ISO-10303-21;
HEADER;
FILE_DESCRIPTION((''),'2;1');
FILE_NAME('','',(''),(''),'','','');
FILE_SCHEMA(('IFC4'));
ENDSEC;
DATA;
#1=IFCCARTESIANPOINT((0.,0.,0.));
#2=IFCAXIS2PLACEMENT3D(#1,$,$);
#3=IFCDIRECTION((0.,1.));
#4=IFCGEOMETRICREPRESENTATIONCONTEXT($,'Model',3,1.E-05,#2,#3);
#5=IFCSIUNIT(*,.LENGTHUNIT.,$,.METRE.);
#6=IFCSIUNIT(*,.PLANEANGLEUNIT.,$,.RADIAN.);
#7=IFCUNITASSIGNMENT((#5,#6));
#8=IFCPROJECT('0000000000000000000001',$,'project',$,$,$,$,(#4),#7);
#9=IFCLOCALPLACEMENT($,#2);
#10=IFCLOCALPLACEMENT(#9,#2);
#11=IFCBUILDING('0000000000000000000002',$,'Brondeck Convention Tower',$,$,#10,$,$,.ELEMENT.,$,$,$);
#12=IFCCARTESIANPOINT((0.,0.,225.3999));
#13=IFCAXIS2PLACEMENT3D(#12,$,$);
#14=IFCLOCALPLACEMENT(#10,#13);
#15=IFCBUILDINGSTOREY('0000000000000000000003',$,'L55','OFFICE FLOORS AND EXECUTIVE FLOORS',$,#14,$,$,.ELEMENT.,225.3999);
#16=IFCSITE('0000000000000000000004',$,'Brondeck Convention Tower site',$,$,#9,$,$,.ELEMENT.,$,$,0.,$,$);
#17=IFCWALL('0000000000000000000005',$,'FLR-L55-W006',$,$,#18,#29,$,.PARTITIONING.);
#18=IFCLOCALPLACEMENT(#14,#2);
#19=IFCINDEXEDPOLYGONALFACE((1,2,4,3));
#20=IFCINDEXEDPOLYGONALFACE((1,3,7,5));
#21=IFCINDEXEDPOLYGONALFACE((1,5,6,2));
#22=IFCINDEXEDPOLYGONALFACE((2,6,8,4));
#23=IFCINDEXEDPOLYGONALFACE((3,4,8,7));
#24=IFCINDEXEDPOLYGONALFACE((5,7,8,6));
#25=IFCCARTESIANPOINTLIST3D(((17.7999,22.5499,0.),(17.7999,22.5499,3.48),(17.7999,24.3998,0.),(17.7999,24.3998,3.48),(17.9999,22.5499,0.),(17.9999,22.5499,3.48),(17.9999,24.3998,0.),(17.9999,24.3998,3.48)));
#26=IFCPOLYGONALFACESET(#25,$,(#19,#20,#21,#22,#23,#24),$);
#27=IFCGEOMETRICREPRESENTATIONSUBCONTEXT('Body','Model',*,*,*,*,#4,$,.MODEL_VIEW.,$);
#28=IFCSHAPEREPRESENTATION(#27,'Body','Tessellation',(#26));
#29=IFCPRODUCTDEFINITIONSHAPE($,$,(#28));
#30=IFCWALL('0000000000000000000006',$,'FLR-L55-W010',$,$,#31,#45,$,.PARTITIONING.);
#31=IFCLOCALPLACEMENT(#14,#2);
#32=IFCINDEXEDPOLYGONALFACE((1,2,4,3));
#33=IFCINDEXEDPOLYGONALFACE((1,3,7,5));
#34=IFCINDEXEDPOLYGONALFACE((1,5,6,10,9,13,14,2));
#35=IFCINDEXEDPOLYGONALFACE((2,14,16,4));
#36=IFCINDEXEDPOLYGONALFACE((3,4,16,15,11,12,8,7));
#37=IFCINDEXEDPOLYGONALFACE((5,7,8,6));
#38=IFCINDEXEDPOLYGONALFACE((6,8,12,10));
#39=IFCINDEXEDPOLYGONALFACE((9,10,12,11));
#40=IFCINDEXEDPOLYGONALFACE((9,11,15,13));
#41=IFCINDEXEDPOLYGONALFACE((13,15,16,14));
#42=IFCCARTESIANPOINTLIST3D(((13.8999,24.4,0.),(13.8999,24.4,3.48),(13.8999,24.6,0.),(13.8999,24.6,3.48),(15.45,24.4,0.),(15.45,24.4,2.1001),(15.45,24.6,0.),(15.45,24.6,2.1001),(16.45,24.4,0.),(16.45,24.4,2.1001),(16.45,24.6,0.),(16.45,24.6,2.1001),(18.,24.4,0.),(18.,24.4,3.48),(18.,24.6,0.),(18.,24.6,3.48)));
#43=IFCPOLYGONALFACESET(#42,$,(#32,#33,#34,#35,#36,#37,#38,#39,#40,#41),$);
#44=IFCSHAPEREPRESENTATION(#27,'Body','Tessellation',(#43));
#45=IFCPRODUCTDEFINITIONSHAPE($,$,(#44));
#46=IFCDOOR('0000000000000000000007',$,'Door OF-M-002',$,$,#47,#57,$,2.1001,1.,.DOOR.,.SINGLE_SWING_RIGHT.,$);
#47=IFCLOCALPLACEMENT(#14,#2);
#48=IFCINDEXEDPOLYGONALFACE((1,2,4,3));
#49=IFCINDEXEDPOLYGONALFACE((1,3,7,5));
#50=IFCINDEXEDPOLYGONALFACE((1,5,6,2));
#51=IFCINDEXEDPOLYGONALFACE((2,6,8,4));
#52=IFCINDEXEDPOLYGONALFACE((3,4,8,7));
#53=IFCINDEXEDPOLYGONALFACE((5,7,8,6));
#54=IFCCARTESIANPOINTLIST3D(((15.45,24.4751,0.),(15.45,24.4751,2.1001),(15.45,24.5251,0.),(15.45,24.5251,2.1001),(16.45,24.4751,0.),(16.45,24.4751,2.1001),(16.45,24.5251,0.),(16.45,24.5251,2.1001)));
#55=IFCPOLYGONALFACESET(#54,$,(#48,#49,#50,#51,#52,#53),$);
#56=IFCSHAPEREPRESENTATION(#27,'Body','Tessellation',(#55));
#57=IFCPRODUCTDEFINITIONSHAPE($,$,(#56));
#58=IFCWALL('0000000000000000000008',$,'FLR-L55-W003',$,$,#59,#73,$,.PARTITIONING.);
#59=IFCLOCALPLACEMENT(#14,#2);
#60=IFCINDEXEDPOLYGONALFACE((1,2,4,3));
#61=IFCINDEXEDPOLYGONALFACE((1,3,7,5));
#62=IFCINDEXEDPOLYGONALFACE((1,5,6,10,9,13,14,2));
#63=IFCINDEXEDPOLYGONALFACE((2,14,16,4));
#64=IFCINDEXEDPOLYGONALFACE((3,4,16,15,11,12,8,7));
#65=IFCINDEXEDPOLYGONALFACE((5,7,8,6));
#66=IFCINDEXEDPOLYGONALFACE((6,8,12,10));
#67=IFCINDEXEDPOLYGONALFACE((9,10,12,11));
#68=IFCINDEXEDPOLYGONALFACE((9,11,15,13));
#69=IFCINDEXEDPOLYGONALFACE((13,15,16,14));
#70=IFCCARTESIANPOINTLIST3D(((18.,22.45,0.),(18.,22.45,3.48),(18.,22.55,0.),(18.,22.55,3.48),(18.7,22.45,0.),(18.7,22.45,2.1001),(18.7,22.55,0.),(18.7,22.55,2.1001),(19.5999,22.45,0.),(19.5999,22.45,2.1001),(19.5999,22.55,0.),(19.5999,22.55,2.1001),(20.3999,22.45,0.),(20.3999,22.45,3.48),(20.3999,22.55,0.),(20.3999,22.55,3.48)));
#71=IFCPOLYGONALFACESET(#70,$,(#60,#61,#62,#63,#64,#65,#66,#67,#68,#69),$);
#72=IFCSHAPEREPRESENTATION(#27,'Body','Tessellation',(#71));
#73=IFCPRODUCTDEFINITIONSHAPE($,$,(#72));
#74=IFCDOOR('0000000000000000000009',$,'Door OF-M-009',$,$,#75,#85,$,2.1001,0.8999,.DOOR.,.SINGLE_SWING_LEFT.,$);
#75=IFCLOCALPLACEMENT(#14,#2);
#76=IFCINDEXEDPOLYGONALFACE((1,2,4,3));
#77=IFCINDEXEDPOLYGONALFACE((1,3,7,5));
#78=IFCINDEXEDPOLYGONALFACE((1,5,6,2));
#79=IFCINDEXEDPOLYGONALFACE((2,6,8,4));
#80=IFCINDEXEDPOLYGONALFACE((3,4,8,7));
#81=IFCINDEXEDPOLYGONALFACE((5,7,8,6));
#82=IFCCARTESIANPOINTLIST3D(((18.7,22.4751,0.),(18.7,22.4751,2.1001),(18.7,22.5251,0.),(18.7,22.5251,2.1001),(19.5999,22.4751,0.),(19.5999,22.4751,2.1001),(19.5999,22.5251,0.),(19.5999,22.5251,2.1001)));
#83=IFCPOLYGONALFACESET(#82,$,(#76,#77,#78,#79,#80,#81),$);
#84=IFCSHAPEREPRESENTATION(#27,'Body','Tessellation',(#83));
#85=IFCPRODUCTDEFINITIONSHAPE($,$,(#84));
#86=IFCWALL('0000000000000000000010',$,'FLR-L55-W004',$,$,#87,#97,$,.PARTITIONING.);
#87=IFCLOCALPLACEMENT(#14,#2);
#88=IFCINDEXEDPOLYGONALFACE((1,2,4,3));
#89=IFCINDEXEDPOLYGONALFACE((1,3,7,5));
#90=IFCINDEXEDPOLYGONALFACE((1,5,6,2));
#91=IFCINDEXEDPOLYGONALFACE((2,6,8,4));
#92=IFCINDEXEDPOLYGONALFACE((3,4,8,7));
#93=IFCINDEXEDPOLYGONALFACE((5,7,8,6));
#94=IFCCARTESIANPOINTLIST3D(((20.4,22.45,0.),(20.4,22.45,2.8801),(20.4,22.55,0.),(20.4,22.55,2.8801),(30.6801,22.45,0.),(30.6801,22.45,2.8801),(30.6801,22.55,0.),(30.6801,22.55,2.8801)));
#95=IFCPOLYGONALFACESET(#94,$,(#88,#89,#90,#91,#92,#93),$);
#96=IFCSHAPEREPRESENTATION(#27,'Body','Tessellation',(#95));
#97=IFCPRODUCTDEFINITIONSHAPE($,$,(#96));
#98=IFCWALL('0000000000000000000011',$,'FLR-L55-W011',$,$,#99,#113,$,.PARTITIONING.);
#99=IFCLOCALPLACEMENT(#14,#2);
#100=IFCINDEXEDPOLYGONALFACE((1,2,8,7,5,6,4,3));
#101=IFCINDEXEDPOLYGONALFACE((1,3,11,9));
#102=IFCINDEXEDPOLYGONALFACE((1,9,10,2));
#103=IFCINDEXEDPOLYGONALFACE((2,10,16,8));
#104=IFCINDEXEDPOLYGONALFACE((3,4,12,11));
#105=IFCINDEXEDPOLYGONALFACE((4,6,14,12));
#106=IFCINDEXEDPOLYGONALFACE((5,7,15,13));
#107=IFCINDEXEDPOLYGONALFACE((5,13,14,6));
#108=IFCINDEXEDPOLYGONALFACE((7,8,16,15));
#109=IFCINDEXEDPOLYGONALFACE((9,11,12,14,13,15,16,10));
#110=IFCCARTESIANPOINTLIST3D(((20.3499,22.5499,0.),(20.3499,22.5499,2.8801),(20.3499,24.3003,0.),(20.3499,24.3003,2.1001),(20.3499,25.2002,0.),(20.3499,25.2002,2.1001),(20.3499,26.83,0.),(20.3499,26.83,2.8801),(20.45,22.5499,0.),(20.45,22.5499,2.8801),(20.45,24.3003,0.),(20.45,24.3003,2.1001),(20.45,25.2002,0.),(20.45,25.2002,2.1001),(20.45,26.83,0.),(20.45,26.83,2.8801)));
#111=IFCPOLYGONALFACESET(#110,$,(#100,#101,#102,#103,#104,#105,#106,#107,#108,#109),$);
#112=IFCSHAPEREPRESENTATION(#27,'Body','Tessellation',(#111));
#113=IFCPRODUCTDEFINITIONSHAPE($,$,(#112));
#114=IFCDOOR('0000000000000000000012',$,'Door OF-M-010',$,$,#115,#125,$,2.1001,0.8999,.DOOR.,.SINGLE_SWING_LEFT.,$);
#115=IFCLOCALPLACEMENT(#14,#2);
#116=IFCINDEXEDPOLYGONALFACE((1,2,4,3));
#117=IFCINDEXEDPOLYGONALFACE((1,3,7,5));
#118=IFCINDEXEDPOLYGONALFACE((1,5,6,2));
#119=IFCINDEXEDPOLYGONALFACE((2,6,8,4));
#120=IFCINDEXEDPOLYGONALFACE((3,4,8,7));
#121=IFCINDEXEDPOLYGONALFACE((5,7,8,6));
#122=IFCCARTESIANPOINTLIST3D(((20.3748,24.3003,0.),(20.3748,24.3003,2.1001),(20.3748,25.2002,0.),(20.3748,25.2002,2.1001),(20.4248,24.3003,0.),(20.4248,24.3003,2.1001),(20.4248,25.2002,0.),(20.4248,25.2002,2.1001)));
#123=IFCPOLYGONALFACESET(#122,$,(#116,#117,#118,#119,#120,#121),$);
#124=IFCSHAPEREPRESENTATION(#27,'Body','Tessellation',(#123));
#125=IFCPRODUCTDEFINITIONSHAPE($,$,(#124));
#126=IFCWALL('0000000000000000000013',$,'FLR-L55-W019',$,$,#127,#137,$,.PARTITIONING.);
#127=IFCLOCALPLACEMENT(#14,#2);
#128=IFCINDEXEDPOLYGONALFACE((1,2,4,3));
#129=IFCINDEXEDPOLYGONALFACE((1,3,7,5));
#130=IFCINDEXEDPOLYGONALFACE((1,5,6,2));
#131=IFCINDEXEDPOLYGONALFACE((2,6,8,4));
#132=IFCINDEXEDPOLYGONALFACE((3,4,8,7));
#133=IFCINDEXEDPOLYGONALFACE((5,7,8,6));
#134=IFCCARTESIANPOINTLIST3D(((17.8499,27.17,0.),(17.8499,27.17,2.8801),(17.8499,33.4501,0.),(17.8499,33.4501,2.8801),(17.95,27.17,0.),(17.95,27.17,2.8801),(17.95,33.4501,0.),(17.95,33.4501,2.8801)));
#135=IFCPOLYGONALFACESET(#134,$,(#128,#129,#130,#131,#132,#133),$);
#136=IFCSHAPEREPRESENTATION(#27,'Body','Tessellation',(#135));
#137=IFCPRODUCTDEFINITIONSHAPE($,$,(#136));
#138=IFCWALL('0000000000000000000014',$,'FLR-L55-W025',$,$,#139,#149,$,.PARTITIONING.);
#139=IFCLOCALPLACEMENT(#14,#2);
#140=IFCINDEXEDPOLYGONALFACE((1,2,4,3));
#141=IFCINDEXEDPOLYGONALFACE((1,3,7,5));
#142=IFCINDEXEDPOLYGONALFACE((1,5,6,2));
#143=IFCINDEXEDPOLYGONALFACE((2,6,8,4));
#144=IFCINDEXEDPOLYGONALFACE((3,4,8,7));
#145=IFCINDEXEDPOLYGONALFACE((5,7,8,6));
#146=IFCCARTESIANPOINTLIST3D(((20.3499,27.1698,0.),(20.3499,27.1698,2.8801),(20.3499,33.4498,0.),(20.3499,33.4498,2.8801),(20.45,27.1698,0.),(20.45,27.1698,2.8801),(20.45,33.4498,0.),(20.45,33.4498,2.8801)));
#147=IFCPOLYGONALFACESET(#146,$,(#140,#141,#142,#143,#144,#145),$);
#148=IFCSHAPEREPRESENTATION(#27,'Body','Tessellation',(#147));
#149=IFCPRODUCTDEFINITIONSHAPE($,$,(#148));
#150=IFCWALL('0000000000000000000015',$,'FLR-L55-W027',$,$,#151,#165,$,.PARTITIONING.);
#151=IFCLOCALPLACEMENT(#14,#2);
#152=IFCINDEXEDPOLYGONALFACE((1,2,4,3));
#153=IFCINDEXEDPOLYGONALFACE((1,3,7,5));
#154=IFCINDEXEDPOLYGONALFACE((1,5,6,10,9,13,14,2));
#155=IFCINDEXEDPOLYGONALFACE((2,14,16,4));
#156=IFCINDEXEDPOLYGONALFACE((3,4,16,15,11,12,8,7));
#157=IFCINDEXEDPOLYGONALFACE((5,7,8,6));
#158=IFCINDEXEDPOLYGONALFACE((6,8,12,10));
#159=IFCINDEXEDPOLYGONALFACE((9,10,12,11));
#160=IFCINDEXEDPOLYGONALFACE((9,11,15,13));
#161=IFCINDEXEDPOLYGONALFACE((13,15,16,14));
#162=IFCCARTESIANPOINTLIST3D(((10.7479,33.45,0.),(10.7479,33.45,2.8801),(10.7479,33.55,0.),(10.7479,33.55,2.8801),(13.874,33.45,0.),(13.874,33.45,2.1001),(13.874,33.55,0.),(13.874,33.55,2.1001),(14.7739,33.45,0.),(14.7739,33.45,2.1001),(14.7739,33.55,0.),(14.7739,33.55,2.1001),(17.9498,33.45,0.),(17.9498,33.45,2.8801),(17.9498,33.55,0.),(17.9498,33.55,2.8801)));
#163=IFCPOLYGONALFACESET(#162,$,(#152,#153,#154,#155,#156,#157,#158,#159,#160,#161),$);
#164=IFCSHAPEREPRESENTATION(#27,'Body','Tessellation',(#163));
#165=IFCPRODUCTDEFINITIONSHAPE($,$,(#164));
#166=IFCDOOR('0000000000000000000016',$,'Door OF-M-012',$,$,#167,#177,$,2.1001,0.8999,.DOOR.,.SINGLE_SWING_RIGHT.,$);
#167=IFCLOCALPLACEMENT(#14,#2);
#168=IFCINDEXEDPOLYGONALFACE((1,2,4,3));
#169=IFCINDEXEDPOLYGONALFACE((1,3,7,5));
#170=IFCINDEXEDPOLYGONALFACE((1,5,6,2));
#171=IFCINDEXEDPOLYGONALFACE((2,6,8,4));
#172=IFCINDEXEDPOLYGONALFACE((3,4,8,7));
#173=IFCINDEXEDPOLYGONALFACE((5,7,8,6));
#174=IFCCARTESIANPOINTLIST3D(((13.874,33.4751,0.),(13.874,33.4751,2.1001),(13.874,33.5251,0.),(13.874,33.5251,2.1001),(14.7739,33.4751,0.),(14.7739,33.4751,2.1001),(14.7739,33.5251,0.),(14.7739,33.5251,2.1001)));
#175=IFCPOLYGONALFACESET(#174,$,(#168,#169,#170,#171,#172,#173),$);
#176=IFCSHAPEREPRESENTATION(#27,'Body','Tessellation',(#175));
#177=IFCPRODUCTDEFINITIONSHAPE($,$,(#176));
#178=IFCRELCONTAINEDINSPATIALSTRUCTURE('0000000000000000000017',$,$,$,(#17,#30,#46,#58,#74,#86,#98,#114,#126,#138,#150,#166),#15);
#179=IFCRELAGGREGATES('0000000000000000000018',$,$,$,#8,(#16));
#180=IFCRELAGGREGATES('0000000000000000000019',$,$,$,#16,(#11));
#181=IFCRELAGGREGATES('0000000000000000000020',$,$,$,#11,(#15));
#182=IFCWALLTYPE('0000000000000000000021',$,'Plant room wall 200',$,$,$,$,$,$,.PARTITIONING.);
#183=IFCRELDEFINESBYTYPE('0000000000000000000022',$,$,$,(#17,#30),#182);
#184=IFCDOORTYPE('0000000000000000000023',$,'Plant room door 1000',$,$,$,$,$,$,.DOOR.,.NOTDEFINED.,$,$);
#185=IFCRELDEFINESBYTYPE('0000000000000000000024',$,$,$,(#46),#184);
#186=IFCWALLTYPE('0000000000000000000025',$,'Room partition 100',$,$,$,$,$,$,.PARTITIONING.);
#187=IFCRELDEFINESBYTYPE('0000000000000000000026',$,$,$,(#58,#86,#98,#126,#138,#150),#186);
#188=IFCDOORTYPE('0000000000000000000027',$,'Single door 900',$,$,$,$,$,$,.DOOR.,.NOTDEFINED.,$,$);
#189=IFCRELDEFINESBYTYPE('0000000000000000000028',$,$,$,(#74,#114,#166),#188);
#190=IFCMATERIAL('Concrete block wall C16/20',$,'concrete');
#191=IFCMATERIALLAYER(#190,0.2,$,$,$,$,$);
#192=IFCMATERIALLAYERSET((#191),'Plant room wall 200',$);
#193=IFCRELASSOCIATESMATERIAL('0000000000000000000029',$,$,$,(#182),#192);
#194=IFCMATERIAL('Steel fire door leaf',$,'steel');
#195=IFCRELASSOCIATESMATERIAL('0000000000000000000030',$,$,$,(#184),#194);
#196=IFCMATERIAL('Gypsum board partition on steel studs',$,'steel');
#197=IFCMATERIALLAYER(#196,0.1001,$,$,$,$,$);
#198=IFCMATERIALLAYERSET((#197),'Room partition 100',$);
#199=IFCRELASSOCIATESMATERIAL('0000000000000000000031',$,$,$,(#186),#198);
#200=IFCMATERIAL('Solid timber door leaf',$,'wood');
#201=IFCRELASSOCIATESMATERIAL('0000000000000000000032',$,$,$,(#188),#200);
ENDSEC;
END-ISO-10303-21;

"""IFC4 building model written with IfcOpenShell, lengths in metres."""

from ifc_helpers import new_model, si_unit, direction, frame, frame_2d, origin, place, context, subcontext, project, spatial, rectangle, extrude, material, layer, layer_set, type_object, element, fill, save


model = new_model("IFC4")

# Units and contexts
model_context = context("Model", 3, precision=1e-05, world=origin(), true_north=direction((0.0, 1.0)))
body_context = subcontext(model_context, "Body", "Model", "MODEL_VIEW")
ifc_project = project(units=[si_unit("LENGTHUNIT", "METRE"), si_unit("PLANEANGLEUNIT", "RADIAN")], contexts=[model_context])

# Site, building, storey
site_placement = place(None, origin())
site = spatial("IfcSite", under=ifc_project, at=site_placement, Name="Brondeck Convention Tower site", CompositionType="ELEMENT", RefElevation=0.0)
building_placement = place(site_placement, origin())
building = spatial("IfcBuilding", under=site, at=building_placement, Name="Brondeck Convention Tower", CompositionType="ELEMENT")
storey_placement = place(building_placement, frame((0.0, 0.0, 225.3999)))
storey = spatial("IfcBuildingStorey", under=building, at=storey_placement, Name="L55", Description="OFFICE FLOORS AND EXECUTIVE FLOORS", CompositionType="ELEMENT", Elevation=225.3999)

# Wall
ifc_material_1 = material(Name="Concrete block wall C16/20", Category="concrete")
ifc_layer_1 = layer(ifc_material_1, 0.2)
ifc_layer_set_1 = layer_set([ifc_layer_1], Name="Plant room wall 200")
wall_type_1 = type_object("IfcWallType", Name="Plant room wall 200", PredefinedType="PARTITIONING", material=ifc_layer_set_1)
wall_1_placement = place(storey_placement, frame((17.8999, 22.55, 0.0), z_axis=(0.0, 0.0, 1.0), x_axis=(0.0, 1.0, 0.0)))
element("IfcWall", 1, at=wall_1_placement, inside=storey, type_object=wall_type_1, Name="FLR-L55-W006", PredefinedType="PARTITIONING", context=body_context, shape_type="SweptSolid", body=[
    extrude(rectangle(XDim=1.8499, YDim=0.2, at=frame_2d((0.9248, 0.0))), origin(), (0.0, 0.0, 1.0), 3.48),
])

# Walls, openings, doors
wall_2_placement = place(storey_placement, frame((18.0, 24.5, 0.0), z_axis=(0.0, 0.0, 1.0), x_axis=(-1.0, 0.0, 0.0)))
wall_2 = element("IfcWall", 2, at=wall_2_placement, inside=storey, type_object=wall_type_1, Name="FLR-L55-W010", PredefinedType="PARTITIONING", context=body_context, shape_type="SweptSolid", body=[
    extrude(rectangle(XDim=4.1001, YDim=0.2, at=frame_2d((2.05, 0.0))), origin(), (0.0, 0.0, 1.0), 3.48),
])
opening_1_placement = place(wall_2_placement, frame((1.55, 0.0, 0.0)))
opening_1 = element("IfcOpeningElement", 3, at=opening_1_placement, cuts=wall_2, PredefinedType="OPENING", context=body_context, shape_type="SweptSolid", body=[
    extrude(rectangle(XDim=1.0, YDim=2.1001, at=frame_2d((0.5, 1.05))), frame((0.0, 0.1099, 0.0), z_axis=(0.0, -1.0, 0.0), x_axis=(1.0, 0.0, 0.0)), (0.0, 0.0, 1.0), 0.22),
])
ifc_material_2 = material(Name="Steel fire door leaf", Category="steel")
door_type_1 = type_object("IfcDoorType", Name="Plant room door 1000", OperationType="NOTDEFINED", PredefinedType="DOOR", material=ifc_material_2)
door_1_placement = place(opening_1_placement, origin())
door_1 = element("IfcDoor", 4, at=door_1_placement, inside=storey, type_object=door_type_1, Name="Door OF-M-002", OperationType="SINGLE_SWING_RIGHT", OverallHeight=2.1001, OverallWidth=1.0, PredefinedType="DOOR", context=body_context, shape_type="SweptSolid", body=[
    extrude(rectangle(XDim=1.0, YDim=2.1001, at=frame_2d((0.5, 1.05))), frame((0.0, 0.0249, 0.0), z_axis=(0.0, -1.0, 0.0), x_axis=(1.0, 0.0, 0.0)), (0.0, 0.0, 1.0), 0.05),
])
fill(opening_1, door_1)
ifc_material_3 = material(Name="Gypsum board partition on steel studs", Category="steel")
ifc_layer_2 = layer(ifc_material_3, 0.1001)
ifc_layer_set_2 = layer_set([ifc_layer_2], Name="Room partition 100")
wall_type_2 = type_object("IfcWallType", Name="Room partition 100", PredefinedType="PARTITIONING", material=ifc_layer_set_2)
wall_3_placement = place(storey_placement, frame((20.3999, 22.5, 0.0), z_axis=(0.0, 0.0, 1.0), x_axis=(-1.0, 0.0, 0.0)))
wall_3 = element("IfcWall", 5, at=wall_3_placement, inside=storey, type_object=wall_type_2, Name="FLR-L55-W003", PredefinedType="PARTITIONING", context=body_context, shape_type="SweptSolid", body=[
    extrude(rectangle(XDim=2.3999, YDim=0.1001, at=frame_2d((1.2, 0.0))), origin(), (0.0, 0.0, 1.0), 3.48),
])
opening_2_placement = place(wall_3_placement, frame((0.8, 0.0, 0.0)))
opening_2 = element("IfcOpeningElement", 6, at=opening_2_placement, cuts=wall_3, PredefinedType="OPENING", context=body_context, shape_type="SweptSolid", body=[
    extrude(rectangle(XDim=0.8999, YDim=2.1001, at=frame_2d((0.45, 1.05))), frame((0.0, 0.0601, 0.0), z_axis=(0.0, -1.0, 0.0), x_axis=(1.0, 0.0, 0.0)), (0.0, 0.0, 1.0), 0.1201),
])
ifc_material_4 = material(Name="Solid timber door leaf", Category="wood")
door_type_2 = type_object("IfcDoorType", Name="Single door 900", OperationType="NOTDEFINED", PredefinedType="DOOR", material=ifc_material_4)
door_2_placement = place(opening_2_placement, origin())
door_2 = element("IfcDoor", 7, at=door_2_placement, inside=storey, type_object=door_type_2, Name="Door OF-M-009", OperationType="SINGLE_SWING_LEFT", OverallHeight=2.1001, OverallWidth=0.8999, PredefinedType="DOOR", context=body_context, shape_type="SweptSolid", body=[
    extrude(rectangle(XDim=0.8999, YDim=2.1001, at=frame_2d((0.45, 1.05))), frame((0.0, 0.0249, 0.0), z_axis=(0.0, -1.0, 0.0), x_axis=(1.0, 0.0, 0.0)), (0.0, 0.0, 1.0), 0.05),
])
fill(opening_2, door_2)

# Wall
wall_4_placement = place(storey_placement, frame((20.3999, 22.5, 0.0), z_axis=(0.0, 0.0, 1.0), x_axis=(1.0, 0.0, 0.0)))
element("IfcWall", 8, at=wall_4_placement, inside=storey, type_object=wall_type_2, Name="FLR-L55-W004", PredefinedType="PARTITIONING", context=body_context, shape_type="SweptSolid", body=[
    extrude(rectangle(XDim=10.28, YDim=0.1001, at=frame_2d((5.1401, 0.0))), origin(), (0.0, 0.0, 1.0), 2.8801),
])

# Wall, opening, door
wall_5_placement = place(storey_placement, frame((20.3999, 26.8301, 0.0), z_axis=(0.0, 0.0, 1.0), x_axis=(0.0, -1.0, 0.0)))
wall_5 = element("IfcWall", 9, at=wall_5_placement, inside=storey, type_object=wall_type_2, Name="FLR-L55-W011", PredefinedType="PARTITIONING", context=body_context, shape_type="SweptSolid", body=[
    extrude(rectangle(XDim=4.28, YDim=0.1001, at=frame_2d((2.1401, 0.0))), origin(), (0.0, 0.0, 1.0), 2.8801),
])
opening_3_placement = place(wall_5_placement, frame((1.6299, 0.0, 0.0)))
opening_3 = element("IfcOpeningElement", 10, at=opening_3_placement, cuts=wall_5, PredefinedType="OPENING", context=body_context, shape_type="SweptSolid", body=[
    extrude(rectangle(XDim=0.8999, YDim=2.1001, at=frame_2d((0.45, 1.05))), frame((0.0, 0.0601, 0.0), z_axis=(0.0, -1.0, 0.0), x_axis=(1.0, 0.0, 0.0)), (0.0, 0.0, 1.0), 0.1201),
])
door_3_placement = place(opening_3_placement, origin())
door_3 = element("IfcDoor", 11, at=door_3_placement, inside=storey, type_object=door_type_2, Name="Door OF-M-010", OperationType="SINGLE_SWING_LEFT", OverallHeight=2.1001, OverallWidth=0.8999, PredefinedType="DOOR", context=body_context, shape_type="SweptSolid", body=[
    extrude(rectangle(XDim=0.8999, YDim=2.1001, at=frame_2d((0.45, 1.05))), frame((0.0, 0.0249, 0.0), z_axis=(0.0, -1.0, 0.0), x_axis=(1.0, 0.0, 0.0)), (0.0, 0.0, 1.0), 0.05),
])
fill(opening_3, door_3)

# Walls
for number, where, z_axis, x_axis, name in (
    (12, (17.8999, 27.1699, 0.0), (0.0, 0.0, 1.0), (0.0, 1.0, 0.0), "FLR-L55-W019"),
    (13, (20.3999, 33.45, 0.0), (0.0, 0.0, 1.0), (0.0, -1.0, 0.0), "FLR-L55-W025"),
):
    element("IfcWall", number, at=place(storey_placement, frame(where, z_axis=z_axis, x_axis=x_axis)), inside=storey, type_object=wall_type_2, Name=name, PredefinedType="PARTITIONING", context=body_context, shape_type="SweptSolid", body=[
        extrude(rectangle(XDim=6.28, YDim=0.1001, at=frame_2d((3.1401, 0.0))), origin(), (0.0, 0.0, 1.0), 2.8801),
    ])

# Wall, opening, door
wall_6_placement = place(storey_placement, frame((17.95, 33.5, 0.0), z_axis=(0.0, 0.0, 1.0), x_axis=(-1.0, 0.0, 0.0)))
wall_6 = element("IfcWall", 14, at=wall_6_placement, inside=storey, type_object=wall_type_2, Name="FLR-L55-W027", PredefinedType="PARTITIONING", context=body_context, shape_type="SweptSolid", body=[
    extrude(rectangle(XDim=7.2019, YDim=0.1001, at=frame_2d((3.6011, 0.0))), origin(), (0.0, 0.0, 1.0), 2.8801),
])
opening_4_placement = place(wall_6_placement, frame((3.176, 0.0, 0.0)))
opening_4 = element("IfcOpeningElement", 15, at=opening_4_placement, cuts=wall_6, PredefinedType="OPENING", context=body_context, shape_type="SweptSolid", body=[
    extrude(rectangle(XDim=0.8999, YDim=2.1001, at=frame_2d((0.45, 1.05))), frame((0.0, 0.0601, 0.0), z_axis=(0.0, -1.0, 0.0), x_axis=(1.0, 0.0, 0.0)), (0.0, 0.0, 1.0), 0.1201),
])
door_4_placement = place(opening_4_placement, origin())
door_4 = element("IfcDoor", 16, at=door_4_placement, inside=storey, type_object=door_type_2, Name="Door OF-M-012", OperationType="SINGLE_SWING_RIGHT", OverallHeight=2.1001, OverallWidth=0.8999, PredefinedType="DOOR", context=body_context, shape_type="SweptSolid", body=[
    extrude(rectangle(XDim=0.8999, YDim=2.1001, at=frame_2d((0.45, 1.05))), frame((0.0, 0.0249, 0.0), z_axis=(0.0, -1.0, 0.0), x_axis=(1.0, 0.0, 0.0)), (0.0, 0.0, 1.0), 0.05),
])
fill(opening_4, door_4)

save(model, "model.ifc")
